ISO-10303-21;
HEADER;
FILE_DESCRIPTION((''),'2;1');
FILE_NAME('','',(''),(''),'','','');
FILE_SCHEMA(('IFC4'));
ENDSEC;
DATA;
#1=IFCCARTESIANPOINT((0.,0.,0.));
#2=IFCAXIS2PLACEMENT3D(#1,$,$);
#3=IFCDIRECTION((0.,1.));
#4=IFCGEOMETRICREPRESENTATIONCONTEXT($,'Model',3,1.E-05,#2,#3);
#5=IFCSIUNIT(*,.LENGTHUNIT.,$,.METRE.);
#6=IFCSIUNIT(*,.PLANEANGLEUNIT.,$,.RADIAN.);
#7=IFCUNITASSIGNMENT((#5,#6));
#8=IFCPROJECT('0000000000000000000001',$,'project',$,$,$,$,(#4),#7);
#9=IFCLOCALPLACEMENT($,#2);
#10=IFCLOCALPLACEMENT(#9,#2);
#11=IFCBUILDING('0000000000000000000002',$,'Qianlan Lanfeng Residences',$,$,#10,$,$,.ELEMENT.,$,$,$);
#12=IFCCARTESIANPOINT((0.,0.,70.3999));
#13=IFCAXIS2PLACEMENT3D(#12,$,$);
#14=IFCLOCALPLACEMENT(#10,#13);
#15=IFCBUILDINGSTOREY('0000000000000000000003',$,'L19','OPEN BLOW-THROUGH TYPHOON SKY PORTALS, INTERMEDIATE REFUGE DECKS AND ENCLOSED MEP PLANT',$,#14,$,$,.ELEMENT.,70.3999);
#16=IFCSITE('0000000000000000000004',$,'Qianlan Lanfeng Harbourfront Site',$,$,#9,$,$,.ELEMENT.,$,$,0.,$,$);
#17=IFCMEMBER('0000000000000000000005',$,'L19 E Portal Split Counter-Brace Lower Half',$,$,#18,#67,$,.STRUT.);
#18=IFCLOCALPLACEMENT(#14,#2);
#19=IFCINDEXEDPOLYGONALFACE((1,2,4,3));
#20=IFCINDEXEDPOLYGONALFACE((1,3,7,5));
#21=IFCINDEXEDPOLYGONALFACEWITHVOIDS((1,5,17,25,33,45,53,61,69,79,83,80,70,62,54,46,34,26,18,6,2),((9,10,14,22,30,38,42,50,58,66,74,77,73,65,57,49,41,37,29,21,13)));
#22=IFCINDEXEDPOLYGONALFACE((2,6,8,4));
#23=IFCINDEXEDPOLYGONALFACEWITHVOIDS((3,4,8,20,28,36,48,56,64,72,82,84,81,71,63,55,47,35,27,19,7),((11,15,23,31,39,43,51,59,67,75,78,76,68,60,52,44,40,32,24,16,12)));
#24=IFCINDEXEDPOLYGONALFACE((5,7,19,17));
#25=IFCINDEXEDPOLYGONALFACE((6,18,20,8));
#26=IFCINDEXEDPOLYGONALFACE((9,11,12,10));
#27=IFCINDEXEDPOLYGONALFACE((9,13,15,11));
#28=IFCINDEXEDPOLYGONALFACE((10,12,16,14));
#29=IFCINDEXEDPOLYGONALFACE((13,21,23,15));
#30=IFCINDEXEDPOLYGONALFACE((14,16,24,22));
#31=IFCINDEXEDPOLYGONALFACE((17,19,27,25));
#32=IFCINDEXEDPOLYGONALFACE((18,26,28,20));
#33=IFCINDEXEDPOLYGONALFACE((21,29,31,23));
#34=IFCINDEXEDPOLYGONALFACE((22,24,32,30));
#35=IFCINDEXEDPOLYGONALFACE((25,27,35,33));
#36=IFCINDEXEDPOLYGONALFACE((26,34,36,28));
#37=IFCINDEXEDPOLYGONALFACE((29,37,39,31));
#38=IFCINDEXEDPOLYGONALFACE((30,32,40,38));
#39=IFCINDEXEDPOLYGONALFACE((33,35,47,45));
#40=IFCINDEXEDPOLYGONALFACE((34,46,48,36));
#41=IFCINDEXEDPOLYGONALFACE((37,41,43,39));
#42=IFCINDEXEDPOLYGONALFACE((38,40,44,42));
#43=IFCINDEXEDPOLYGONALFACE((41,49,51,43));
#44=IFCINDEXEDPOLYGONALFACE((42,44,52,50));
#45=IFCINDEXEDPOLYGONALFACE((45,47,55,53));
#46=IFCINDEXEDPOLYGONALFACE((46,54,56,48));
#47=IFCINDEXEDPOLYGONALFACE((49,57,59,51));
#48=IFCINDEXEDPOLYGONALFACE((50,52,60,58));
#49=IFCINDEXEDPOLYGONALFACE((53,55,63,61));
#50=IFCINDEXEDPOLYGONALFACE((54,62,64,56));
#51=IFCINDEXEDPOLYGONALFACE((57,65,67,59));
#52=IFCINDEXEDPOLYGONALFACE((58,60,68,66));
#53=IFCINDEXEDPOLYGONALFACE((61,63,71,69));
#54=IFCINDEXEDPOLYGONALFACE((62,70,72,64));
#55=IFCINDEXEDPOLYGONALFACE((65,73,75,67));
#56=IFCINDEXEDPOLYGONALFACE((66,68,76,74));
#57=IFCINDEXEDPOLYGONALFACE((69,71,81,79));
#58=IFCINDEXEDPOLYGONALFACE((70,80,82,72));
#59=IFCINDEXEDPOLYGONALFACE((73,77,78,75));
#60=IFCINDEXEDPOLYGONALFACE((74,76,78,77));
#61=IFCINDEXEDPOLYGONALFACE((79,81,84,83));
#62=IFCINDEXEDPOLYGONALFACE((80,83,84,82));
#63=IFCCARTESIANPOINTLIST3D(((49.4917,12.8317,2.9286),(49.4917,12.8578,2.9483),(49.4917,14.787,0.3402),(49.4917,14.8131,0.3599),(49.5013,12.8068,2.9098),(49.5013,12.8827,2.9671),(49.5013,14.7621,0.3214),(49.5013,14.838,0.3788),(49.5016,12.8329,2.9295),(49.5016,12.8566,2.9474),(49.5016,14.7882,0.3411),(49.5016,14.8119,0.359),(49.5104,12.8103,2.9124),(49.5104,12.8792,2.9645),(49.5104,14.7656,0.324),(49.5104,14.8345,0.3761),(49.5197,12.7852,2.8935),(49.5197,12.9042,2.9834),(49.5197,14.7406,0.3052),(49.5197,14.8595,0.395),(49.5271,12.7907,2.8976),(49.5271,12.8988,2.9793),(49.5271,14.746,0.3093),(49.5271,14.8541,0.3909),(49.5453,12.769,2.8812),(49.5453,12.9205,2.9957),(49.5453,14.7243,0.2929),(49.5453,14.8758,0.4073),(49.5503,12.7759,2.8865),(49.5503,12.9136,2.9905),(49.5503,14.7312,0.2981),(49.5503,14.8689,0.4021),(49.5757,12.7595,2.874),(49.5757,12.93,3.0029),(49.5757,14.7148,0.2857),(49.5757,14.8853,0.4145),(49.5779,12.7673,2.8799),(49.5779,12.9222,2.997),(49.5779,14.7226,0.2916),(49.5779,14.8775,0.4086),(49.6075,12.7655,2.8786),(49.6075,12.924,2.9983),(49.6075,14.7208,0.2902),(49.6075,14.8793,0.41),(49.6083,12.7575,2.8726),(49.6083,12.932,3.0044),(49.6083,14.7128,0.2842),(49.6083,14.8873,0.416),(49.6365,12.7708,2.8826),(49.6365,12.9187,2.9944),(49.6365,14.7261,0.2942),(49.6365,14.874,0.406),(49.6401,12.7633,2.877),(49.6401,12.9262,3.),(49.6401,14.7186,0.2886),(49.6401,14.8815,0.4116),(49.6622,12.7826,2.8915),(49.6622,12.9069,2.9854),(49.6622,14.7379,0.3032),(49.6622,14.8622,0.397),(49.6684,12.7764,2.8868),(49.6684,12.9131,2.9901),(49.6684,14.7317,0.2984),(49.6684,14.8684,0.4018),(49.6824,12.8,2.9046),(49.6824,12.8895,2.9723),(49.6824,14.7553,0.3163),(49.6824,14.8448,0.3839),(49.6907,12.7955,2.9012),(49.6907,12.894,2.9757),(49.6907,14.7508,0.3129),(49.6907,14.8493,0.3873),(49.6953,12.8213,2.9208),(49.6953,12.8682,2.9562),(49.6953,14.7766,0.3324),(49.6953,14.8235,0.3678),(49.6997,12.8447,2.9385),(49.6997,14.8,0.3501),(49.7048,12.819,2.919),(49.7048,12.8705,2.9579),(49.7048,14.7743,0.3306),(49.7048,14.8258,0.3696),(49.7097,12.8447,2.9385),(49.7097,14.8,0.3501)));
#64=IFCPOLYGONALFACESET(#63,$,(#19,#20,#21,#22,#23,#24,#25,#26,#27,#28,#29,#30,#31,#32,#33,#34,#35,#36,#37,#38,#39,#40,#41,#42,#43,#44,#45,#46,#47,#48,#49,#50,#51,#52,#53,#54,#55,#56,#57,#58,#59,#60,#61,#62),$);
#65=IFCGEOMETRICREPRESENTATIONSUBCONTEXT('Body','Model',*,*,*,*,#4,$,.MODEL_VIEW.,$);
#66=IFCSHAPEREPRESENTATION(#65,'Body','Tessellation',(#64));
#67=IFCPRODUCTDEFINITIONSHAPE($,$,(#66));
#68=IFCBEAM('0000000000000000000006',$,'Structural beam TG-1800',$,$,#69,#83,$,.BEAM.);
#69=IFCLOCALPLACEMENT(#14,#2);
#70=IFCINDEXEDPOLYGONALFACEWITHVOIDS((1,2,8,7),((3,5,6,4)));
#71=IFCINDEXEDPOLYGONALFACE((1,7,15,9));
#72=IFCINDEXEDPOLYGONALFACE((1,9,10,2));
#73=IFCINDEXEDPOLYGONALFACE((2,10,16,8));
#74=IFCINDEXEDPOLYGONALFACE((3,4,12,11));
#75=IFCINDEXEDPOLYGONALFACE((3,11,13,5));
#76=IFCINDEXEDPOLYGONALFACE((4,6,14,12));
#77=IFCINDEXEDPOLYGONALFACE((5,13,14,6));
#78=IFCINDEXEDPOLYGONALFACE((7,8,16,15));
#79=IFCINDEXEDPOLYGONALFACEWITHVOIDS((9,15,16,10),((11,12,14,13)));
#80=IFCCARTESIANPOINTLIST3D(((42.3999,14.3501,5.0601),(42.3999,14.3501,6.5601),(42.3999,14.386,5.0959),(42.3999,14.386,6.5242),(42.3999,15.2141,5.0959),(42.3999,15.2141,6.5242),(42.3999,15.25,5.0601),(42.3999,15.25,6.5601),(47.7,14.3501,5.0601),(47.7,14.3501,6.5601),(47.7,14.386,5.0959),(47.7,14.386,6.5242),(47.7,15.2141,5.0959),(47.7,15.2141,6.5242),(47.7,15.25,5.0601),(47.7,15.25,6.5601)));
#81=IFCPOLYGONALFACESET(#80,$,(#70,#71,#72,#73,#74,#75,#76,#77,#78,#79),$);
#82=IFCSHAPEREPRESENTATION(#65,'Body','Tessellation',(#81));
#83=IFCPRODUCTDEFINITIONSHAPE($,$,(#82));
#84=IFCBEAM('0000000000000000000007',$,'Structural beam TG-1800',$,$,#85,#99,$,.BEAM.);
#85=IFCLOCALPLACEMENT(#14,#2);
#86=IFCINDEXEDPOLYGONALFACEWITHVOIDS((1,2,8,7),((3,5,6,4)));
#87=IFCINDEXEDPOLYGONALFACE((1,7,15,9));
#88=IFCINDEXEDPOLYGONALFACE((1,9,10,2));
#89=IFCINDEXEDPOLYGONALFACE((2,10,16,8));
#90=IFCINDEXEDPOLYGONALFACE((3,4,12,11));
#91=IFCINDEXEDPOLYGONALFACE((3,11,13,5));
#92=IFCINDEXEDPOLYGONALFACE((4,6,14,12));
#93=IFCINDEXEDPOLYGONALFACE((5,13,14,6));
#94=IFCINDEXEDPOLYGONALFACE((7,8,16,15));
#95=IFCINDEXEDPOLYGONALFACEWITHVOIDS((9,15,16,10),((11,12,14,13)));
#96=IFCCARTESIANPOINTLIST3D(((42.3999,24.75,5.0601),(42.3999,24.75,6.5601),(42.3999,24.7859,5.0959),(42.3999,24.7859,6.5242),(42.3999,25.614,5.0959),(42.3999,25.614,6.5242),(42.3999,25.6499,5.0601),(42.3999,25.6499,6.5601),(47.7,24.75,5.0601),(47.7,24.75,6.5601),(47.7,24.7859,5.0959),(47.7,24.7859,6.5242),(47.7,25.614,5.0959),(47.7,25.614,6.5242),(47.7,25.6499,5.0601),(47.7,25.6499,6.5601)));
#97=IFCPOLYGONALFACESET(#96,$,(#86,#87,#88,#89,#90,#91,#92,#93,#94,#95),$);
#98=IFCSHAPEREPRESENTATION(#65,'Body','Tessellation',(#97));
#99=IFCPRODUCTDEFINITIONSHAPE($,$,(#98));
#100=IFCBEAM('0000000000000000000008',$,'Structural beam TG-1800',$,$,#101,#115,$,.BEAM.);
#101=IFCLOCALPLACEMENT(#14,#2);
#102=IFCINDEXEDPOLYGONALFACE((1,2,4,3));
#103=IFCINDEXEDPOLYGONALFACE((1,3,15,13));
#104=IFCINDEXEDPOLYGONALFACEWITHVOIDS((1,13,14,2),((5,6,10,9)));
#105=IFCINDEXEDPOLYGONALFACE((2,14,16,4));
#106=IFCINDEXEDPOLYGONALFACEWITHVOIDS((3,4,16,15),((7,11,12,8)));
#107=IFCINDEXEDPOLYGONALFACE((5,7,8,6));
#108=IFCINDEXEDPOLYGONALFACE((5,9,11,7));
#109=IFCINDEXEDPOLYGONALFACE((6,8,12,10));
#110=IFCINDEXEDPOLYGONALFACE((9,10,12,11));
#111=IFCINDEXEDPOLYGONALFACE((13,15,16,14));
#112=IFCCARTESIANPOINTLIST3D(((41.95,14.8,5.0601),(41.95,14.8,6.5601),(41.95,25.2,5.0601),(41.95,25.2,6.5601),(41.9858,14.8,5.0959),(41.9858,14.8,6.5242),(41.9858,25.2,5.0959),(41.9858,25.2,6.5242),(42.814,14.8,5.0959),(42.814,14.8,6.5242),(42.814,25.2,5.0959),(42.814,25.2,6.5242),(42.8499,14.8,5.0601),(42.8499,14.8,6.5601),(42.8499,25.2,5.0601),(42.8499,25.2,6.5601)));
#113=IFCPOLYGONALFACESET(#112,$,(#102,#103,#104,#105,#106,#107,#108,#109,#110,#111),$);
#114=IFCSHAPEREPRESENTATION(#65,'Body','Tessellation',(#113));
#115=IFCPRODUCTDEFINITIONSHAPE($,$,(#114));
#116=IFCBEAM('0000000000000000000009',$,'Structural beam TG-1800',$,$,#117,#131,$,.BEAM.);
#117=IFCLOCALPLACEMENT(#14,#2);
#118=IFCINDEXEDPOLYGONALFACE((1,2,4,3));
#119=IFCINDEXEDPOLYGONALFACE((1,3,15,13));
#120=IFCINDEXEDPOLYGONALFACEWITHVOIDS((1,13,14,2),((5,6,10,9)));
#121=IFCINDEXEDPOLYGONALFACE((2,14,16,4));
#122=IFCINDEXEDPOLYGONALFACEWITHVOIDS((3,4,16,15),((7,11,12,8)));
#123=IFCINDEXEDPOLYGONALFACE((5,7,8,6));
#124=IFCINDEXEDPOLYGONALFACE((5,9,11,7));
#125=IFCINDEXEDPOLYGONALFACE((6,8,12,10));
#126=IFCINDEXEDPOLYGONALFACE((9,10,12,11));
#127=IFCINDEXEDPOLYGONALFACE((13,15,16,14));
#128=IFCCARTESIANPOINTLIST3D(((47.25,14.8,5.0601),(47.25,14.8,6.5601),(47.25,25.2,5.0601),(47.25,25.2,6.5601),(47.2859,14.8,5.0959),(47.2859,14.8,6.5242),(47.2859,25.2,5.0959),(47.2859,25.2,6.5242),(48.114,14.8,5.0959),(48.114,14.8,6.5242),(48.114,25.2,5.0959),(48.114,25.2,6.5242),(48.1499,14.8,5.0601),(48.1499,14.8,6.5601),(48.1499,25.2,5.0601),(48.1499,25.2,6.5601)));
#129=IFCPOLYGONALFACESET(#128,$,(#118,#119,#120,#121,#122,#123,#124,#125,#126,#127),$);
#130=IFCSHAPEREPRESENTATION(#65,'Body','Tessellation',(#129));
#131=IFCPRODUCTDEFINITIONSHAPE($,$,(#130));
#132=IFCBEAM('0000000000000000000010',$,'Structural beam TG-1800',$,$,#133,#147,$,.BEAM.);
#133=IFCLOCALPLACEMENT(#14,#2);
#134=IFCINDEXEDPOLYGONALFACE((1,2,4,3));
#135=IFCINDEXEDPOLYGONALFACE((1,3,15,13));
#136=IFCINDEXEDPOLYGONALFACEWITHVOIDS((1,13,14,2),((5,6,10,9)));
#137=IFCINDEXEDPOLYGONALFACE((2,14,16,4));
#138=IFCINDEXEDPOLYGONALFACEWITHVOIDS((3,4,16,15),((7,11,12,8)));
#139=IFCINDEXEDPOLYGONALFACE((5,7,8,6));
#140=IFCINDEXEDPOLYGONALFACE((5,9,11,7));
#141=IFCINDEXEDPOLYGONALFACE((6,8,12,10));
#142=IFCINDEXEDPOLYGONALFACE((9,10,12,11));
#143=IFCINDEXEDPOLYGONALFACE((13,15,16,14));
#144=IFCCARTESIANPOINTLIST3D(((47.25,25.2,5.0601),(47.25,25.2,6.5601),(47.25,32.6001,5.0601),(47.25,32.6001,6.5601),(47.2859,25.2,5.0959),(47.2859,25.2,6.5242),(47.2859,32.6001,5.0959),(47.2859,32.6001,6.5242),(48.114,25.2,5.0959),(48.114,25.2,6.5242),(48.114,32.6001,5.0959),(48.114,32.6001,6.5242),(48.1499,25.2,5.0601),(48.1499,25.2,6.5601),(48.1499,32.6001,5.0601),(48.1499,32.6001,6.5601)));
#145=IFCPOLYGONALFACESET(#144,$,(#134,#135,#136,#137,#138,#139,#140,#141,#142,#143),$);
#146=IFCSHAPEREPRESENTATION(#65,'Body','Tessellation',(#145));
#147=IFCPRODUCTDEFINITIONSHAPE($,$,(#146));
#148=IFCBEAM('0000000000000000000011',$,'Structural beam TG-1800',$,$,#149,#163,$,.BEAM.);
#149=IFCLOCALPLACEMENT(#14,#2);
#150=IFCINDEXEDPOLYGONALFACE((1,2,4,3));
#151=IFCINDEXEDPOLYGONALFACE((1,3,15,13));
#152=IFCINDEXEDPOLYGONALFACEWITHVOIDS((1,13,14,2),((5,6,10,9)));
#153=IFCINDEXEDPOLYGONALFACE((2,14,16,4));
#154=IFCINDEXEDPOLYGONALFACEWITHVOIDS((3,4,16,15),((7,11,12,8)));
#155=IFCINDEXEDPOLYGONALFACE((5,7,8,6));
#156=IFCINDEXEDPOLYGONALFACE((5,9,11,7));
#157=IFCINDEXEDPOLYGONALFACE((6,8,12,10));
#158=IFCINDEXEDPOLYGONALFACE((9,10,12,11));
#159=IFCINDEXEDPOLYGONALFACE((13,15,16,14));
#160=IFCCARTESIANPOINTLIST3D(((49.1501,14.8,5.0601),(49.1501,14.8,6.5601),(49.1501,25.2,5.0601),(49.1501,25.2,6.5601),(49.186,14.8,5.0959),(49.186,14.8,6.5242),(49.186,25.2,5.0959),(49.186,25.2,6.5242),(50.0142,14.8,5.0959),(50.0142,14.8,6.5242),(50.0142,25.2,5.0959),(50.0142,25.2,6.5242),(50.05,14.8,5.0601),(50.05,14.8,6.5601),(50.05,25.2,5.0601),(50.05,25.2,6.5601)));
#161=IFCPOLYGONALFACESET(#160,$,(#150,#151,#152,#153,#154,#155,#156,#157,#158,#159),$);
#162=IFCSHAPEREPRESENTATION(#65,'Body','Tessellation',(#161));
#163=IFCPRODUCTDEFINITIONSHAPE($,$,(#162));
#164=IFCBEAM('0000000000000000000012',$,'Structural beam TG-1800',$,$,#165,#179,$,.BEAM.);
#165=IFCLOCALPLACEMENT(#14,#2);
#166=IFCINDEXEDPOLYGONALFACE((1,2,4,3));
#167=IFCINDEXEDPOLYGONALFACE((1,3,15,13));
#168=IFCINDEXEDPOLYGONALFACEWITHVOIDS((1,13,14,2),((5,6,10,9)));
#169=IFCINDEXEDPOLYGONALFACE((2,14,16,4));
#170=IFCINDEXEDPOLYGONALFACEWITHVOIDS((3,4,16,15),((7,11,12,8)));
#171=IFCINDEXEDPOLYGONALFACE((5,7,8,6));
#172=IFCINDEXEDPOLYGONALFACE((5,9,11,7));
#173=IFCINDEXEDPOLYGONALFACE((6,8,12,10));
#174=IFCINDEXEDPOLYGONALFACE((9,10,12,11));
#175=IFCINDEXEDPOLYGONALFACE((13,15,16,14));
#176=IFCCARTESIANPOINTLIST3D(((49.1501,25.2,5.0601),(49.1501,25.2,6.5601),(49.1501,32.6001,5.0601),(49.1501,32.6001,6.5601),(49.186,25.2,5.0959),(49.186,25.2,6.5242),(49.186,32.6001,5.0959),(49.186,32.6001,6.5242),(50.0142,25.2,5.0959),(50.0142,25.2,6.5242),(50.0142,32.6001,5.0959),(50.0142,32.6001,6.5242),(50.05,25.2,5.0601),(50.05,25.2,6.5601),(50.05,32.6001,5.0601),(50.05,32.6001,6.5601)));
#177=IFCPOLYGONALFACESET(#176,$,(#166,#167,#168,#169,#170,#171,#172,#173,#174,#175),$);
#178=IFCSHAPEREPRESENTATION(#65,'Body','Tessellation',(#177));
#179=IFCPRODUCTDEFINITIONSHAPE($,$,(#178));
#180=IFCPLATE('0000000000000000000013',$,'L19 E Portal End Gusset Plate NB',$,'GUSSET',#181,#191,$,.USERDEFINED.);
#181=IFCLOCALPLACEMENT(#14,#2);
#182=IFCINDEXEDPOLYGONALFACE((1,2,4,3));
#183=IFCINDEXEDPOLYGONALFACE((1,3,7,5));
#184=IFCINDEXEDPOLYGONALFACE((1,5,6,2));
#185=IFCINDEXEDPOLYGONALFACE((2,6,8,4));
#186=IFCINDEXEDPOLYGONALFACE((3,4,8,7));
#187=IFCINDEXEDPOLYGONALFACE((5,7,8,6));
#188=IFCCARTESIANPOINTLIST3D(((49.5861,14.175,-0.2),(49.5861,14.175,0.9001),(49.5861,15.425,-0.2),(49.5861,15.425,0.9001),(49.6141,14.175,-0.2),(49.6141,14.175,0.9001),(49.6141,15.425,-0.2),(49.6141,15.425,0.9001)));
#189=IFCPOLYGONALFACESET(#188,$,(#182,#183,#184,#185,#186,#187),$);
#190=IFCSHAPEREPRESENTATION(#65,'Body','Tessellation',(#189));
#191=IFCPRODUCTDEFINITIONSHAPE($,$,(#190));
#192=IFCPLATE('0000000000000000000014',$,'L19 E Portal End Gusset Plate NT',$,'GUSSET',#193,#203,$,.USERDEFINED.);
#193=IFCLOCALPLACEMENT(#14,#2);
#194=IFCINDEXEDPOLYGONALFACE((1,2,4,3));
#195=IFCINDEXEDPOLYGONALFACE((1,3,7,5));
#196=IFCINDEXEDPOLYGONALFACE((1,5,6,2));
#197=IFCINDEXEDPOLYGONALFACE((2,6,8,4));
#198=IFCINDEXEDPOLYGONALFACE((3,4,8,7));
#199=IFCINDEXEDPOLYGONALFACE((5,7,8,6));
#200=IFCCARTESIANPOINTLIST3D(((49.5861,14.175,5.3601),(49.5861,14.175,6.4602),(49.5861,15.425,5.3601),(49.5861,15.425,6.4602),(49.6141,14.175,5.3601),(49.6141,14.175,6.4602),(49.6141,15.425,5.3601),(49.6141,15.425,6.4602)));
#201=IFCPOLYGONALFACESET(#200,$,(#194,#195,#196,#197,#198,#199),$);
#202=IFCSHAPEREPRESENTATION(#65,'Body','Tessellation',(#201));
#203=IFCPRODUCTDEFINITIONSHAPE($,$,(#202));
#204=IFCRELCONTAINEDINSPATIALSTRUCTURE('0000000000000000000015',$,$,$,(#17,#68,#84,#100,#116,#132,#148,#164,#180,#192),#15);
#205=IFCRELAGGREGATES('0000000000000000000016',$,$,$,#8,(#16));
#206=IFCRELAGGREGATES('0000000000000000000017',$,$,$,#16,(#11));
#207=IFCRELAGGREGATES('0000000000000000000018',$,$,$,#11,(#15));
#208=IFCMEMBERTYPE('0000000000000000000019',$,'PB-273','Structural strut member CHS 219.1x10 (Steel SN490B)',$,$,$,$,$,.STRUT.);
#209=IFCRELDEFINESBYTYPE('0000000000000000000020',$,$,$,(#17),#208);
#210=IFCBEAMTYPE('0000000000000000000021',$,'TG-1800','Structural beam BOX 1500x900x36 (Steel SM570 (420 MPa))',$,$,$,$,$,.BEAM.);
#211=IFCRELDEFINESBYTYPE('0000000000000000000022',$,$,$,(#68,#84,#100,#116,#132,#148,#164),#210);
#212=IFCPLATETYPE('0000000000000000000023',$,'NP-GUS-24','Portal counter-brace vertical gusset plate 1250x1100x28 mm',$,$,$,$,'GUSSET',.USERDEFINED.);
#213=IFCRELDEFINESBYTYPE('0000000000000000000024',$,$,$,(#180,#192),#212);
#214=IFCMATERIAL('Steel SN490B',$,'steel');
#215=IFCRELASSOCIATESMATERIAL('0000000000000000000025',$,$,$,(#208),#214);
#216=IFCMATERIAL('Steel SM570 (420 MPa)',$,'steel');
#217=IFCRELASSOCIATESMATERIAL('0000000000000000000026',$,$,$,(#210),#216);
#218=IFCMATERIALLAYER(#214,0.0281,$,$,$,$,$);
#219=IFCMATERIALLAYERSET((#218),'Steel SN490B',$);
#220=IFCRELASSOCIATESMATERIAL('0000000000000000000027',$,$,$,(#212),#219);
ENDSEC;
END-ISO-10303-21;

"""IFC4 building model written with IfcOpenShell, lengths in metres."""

from ifc_helpers import new_model, si_unit, direction, frame, origin, origin_2d, place, context, subcontext, project, spatial, rectangle, hollow_rectangle, hollow_circle, extrude, source, transform, mapped, material, layer, layer_set, material_profile, profile_set, type_object, element, save


model = new_model("IFC4")

# Units and contexts
model_context = context("Model", 3, precision=1e-05, world=origin(), true_north=direction((0.0, 1.0)))
body_context = subcontext(model_context, "Body", "Model", "MODEL_VIEW")
ifc_project = project(units=[si_unit("LENGTHUNIT", "METRE"), si_unit("PLANEANGLEUNIT", "RADIAN")], contexts=[model_context])

# Site, building, storey
site_placement = place(None, origin())
site = spatial("IfcSite", under=ifc_project, at=site_placement, Name="Qianlan Lanfeng Harbourfront Site", CompositionType="ELEMENT", RefElevation=0.0)
building_placement = place(site_placement, origin())
building = spatial("IfcBuilding", under=site, at=building_placement, Name="Qianlan Lanfeng Residences", CompositionType="ELEMENT")
storey_placement = place(building_placement, frame((0.0, 0.0, 70.3999)))
storey = spatial("IfcBuildingStorey", under=building, at=storey_placement, Name="L19", Description="OPEN BLOW-THROUGH TYPHOON SKY PORTALS, INTERMEDIATE REFUGE DECKS AND ENCLOSED MEP PLANT", CompositionType="ELEMENT", Elevation=70.3999)

# Shared definitions
ifc_material_1 = material(Name="Steel SN490B", Category="steel")

# Member
ifc_material_profile_1 = material_profile(ifc_material_1, hollow_circle(Radius=0.1096, WallThickness=0.01, at=origin_2d()), Name="CHS 219.1x10")
ifc_profile_set_1 = profile_set([ifc_material_profile_1], Name="Steel SN490B")
member_type = type_object("IfcMemberType", Name="PB-273", Description="Structural strut member CHS 219.1x10 (Steel SN490B)", PredefinedType="STRUT", material=ifc_profile_set_1)
member_placement = place(storey_placement, frame((49.6001, 14.8, 0.3501), z_axis=(0.0, -0.602766, 0.797918), x_axis=(1.0, 0.0, 0.0)))
element("IfcMember", 1, at=member_placement, inside=storey, type_object=member_type, Name="L19 E Portal Split Counter-Brace Lower Half", PredefinedType="STRUT", context=body_context, shape_type="SweptSolid", body=[
    extrude(hollow_circle(Radius=0.1096, WallThickness=0.01, at=origin_2d()), origin(), (0.0, 0.0, 1.0), 3.2439),
])

# Beams
ifc_material_2 = material(Name="Steel SM570 (420 MPa)", Category="steel")
ifc_material_profile_2 = material_profile(ifc_material_2, hollow_rectangle(XDim=0.8999, YDim=1.5, WallThickness=0.0359, at=origin_2d()), Name="BOX 1500x900x36")
ifc_profile_set_2 = profile_set([ifc_material_profile_2], Name="Steel SM570 (420 MPa)")
beam_type_1 = type_object("IfcBeamType", Name="TG-1800", Description="Structural beam BOX 1500x900x36 (Steel SM570 (420 MPa))", PredefinedType="BEAM", material=ifc_profile_set_2)
for number, where, z_axis, x_axis, name in (
    (2, (42.3999, 14.8, 5.8101), (1.0, 0.0, 0.0), (0.0, 1.0, 0.0), "Structural beam TG-1800"),
    (3, (42.3999, 25.2, 5.8101), (1.0, 0.0, 0.0), (0.0, 1.0, 0.0), "Structural beam TG-1800"),
):
    element("IfcBeam", number, at=place(storey_placement, frame(where, z_axis=z_axis, x_axis=x_axis)), inside=storey, type_object=beam_type_1, Name=name, PredefinedType="BEAM", context=body_context, shape_type="SweptSolid", body=[
        extrude(hollow_rectangle(XDim=0.8999, YDim=1.5, WallThickness=0.0359, at=origin_2d()), origin(), (0.0, 0.0, 1.0), 5.3),
    ])
for number, where, z_axis, x_axis, name in (
    (4, (42.3999, 14.8, 5.8101), (0.0, 1.0, 0.0), (-1.0, 0.0, 0.0), "Structural beam TG-1800"),
    (5, (47.7, 14.8, 5.8101), (0.0, 1.0, 0.0), (-1.0, 0.0, 0.0), "Structural beam TG-1800"),
):
    element("IfcBeam", number, at=place(storey_placement, frame(where, z_axis=z_axis, x_axis=x_axis)), inside=storey, type_object=beam_type_1, Name=name, PredefinedType="BEAM", context=body_context, shape_type="SweptSolid", body=[
        extrude(hollow_rectangle(XDim=0.8999, YDim=1.5, WallThickness=0.0359, at=origin_2d()), origin(), (0.0, 0.0, 1.0), 10.3999),
    ])
beam_1_placement = place(storey_placement, frame((47.7, 25.2, 5.8101), z_axis=(0.0, 1.0, 0.0), x_axis=(-1.0, 0.0, 0.0)))
element("IfcBeam", 6, at=beam_1_placement, inside=storey, type_object=beam_type_1, Name="Structural beam TG-1800", PredefinedType="BEAM", context=body_context, shape_type="SweptSolid", body=[
    extrude(hollow_rectangle(XDim=0.8999, YDim=1.5, WallThickness=0.0359, at=origin_2d()), origin(), (0.0, 0.0, 1.0), 7.4001),
])
beam_2_placement = place(storey_placement, frame((49.6001, 14.8, 5.8101), z_axis=(0.0, 1.0, 0.0), x_axis=(-1.0, 0.0, 0.0)))
element("IfcBeam", 7, at=beam_2_placement, inside=storey, type_object=beam_type_1, Name="Structural beam TG-1800", PredefinedType="BEAM", context=body_context, shape_type="SweptSolid", body=[
    extrude(hollow_rectangle(XDim=0.8999, YDim=1.5, WallThickness=0.0359, at=origin_2d()), origin(), (0.0, 0.0, 1.0), 10.3999),
])
beam_3_placement = place(storey_placement, frame((49.6001, 25.2, 5.8101), z_axis=(0.0, 1.0, 0.0), x_axis=(-1.0, 0.0, 0.0)))
element("IfcBeam", 8, at=beam_3_placement, inside=storey, type_object=beam_type_1, Name="Structural beam TG-1800", PredefinedType="BEAM", context=body_context, shape_type="SweptSolid", body=[
    extrude(hollow_rectangle(XDim=0.8999, YDim=1.5, WallThickness=0.0359, at=origin_2d()), origin(), (0.0, 0.0, 1.0), 7.4001),
])

# Plates
ifc_layer_1 = layer(ifc_material_1, 0.0281)
ifc_layer_set_1 = layer_set([ifc_layer_1], Name="Steel SN490B")
plate_type = type_object("IfcPlateType", Name="NP-GUS-24", Description="Portal counter-brace vertical gusset plate 1250x1100x28 mm", ElementType="GUSSET", PredefinedType="USERDEFINED", material=ifc_layer_set_1)
shared_shape = source(origin(), body_context, "Body", "SweptSolid", [
    extrude(rectangle(XDim=0.0281, YDim=1.25, at=origin_2d()), origin(), (0.0, 0.0, 1.0), 1.1001),
])
for number, where, z_axis, x_axis, name in (
    (9, (49.6001, 14.8, -0.2), (0.0, 0.0, 1.0), (1.0, 0.0, 0.0), "L19 E Portal End Gusset Plate NB"),
    (10, (49.6001, 14.8, 5.3601), (0.0, 0.0, 1.0), (1.0, 0.0, 0.0), "L19 E Portal End Gusset Plate NT"),
):
    element("IfcPlate", number, at=place(storey_placement, frame(where, z_axis=z_axis, x_axis=x_axis)), inside=storey, type_object=plate_type, Name=name, ObjectType="GUSSET", PredefinedType="USERDEFINED", context=body_context, shape_type="MappedRepresentation", body=[
        mapped(shared_shape, transform((0.0, 0.0, 0.0), scale=1.0)),
    ])

save(model, "model.ifc")
